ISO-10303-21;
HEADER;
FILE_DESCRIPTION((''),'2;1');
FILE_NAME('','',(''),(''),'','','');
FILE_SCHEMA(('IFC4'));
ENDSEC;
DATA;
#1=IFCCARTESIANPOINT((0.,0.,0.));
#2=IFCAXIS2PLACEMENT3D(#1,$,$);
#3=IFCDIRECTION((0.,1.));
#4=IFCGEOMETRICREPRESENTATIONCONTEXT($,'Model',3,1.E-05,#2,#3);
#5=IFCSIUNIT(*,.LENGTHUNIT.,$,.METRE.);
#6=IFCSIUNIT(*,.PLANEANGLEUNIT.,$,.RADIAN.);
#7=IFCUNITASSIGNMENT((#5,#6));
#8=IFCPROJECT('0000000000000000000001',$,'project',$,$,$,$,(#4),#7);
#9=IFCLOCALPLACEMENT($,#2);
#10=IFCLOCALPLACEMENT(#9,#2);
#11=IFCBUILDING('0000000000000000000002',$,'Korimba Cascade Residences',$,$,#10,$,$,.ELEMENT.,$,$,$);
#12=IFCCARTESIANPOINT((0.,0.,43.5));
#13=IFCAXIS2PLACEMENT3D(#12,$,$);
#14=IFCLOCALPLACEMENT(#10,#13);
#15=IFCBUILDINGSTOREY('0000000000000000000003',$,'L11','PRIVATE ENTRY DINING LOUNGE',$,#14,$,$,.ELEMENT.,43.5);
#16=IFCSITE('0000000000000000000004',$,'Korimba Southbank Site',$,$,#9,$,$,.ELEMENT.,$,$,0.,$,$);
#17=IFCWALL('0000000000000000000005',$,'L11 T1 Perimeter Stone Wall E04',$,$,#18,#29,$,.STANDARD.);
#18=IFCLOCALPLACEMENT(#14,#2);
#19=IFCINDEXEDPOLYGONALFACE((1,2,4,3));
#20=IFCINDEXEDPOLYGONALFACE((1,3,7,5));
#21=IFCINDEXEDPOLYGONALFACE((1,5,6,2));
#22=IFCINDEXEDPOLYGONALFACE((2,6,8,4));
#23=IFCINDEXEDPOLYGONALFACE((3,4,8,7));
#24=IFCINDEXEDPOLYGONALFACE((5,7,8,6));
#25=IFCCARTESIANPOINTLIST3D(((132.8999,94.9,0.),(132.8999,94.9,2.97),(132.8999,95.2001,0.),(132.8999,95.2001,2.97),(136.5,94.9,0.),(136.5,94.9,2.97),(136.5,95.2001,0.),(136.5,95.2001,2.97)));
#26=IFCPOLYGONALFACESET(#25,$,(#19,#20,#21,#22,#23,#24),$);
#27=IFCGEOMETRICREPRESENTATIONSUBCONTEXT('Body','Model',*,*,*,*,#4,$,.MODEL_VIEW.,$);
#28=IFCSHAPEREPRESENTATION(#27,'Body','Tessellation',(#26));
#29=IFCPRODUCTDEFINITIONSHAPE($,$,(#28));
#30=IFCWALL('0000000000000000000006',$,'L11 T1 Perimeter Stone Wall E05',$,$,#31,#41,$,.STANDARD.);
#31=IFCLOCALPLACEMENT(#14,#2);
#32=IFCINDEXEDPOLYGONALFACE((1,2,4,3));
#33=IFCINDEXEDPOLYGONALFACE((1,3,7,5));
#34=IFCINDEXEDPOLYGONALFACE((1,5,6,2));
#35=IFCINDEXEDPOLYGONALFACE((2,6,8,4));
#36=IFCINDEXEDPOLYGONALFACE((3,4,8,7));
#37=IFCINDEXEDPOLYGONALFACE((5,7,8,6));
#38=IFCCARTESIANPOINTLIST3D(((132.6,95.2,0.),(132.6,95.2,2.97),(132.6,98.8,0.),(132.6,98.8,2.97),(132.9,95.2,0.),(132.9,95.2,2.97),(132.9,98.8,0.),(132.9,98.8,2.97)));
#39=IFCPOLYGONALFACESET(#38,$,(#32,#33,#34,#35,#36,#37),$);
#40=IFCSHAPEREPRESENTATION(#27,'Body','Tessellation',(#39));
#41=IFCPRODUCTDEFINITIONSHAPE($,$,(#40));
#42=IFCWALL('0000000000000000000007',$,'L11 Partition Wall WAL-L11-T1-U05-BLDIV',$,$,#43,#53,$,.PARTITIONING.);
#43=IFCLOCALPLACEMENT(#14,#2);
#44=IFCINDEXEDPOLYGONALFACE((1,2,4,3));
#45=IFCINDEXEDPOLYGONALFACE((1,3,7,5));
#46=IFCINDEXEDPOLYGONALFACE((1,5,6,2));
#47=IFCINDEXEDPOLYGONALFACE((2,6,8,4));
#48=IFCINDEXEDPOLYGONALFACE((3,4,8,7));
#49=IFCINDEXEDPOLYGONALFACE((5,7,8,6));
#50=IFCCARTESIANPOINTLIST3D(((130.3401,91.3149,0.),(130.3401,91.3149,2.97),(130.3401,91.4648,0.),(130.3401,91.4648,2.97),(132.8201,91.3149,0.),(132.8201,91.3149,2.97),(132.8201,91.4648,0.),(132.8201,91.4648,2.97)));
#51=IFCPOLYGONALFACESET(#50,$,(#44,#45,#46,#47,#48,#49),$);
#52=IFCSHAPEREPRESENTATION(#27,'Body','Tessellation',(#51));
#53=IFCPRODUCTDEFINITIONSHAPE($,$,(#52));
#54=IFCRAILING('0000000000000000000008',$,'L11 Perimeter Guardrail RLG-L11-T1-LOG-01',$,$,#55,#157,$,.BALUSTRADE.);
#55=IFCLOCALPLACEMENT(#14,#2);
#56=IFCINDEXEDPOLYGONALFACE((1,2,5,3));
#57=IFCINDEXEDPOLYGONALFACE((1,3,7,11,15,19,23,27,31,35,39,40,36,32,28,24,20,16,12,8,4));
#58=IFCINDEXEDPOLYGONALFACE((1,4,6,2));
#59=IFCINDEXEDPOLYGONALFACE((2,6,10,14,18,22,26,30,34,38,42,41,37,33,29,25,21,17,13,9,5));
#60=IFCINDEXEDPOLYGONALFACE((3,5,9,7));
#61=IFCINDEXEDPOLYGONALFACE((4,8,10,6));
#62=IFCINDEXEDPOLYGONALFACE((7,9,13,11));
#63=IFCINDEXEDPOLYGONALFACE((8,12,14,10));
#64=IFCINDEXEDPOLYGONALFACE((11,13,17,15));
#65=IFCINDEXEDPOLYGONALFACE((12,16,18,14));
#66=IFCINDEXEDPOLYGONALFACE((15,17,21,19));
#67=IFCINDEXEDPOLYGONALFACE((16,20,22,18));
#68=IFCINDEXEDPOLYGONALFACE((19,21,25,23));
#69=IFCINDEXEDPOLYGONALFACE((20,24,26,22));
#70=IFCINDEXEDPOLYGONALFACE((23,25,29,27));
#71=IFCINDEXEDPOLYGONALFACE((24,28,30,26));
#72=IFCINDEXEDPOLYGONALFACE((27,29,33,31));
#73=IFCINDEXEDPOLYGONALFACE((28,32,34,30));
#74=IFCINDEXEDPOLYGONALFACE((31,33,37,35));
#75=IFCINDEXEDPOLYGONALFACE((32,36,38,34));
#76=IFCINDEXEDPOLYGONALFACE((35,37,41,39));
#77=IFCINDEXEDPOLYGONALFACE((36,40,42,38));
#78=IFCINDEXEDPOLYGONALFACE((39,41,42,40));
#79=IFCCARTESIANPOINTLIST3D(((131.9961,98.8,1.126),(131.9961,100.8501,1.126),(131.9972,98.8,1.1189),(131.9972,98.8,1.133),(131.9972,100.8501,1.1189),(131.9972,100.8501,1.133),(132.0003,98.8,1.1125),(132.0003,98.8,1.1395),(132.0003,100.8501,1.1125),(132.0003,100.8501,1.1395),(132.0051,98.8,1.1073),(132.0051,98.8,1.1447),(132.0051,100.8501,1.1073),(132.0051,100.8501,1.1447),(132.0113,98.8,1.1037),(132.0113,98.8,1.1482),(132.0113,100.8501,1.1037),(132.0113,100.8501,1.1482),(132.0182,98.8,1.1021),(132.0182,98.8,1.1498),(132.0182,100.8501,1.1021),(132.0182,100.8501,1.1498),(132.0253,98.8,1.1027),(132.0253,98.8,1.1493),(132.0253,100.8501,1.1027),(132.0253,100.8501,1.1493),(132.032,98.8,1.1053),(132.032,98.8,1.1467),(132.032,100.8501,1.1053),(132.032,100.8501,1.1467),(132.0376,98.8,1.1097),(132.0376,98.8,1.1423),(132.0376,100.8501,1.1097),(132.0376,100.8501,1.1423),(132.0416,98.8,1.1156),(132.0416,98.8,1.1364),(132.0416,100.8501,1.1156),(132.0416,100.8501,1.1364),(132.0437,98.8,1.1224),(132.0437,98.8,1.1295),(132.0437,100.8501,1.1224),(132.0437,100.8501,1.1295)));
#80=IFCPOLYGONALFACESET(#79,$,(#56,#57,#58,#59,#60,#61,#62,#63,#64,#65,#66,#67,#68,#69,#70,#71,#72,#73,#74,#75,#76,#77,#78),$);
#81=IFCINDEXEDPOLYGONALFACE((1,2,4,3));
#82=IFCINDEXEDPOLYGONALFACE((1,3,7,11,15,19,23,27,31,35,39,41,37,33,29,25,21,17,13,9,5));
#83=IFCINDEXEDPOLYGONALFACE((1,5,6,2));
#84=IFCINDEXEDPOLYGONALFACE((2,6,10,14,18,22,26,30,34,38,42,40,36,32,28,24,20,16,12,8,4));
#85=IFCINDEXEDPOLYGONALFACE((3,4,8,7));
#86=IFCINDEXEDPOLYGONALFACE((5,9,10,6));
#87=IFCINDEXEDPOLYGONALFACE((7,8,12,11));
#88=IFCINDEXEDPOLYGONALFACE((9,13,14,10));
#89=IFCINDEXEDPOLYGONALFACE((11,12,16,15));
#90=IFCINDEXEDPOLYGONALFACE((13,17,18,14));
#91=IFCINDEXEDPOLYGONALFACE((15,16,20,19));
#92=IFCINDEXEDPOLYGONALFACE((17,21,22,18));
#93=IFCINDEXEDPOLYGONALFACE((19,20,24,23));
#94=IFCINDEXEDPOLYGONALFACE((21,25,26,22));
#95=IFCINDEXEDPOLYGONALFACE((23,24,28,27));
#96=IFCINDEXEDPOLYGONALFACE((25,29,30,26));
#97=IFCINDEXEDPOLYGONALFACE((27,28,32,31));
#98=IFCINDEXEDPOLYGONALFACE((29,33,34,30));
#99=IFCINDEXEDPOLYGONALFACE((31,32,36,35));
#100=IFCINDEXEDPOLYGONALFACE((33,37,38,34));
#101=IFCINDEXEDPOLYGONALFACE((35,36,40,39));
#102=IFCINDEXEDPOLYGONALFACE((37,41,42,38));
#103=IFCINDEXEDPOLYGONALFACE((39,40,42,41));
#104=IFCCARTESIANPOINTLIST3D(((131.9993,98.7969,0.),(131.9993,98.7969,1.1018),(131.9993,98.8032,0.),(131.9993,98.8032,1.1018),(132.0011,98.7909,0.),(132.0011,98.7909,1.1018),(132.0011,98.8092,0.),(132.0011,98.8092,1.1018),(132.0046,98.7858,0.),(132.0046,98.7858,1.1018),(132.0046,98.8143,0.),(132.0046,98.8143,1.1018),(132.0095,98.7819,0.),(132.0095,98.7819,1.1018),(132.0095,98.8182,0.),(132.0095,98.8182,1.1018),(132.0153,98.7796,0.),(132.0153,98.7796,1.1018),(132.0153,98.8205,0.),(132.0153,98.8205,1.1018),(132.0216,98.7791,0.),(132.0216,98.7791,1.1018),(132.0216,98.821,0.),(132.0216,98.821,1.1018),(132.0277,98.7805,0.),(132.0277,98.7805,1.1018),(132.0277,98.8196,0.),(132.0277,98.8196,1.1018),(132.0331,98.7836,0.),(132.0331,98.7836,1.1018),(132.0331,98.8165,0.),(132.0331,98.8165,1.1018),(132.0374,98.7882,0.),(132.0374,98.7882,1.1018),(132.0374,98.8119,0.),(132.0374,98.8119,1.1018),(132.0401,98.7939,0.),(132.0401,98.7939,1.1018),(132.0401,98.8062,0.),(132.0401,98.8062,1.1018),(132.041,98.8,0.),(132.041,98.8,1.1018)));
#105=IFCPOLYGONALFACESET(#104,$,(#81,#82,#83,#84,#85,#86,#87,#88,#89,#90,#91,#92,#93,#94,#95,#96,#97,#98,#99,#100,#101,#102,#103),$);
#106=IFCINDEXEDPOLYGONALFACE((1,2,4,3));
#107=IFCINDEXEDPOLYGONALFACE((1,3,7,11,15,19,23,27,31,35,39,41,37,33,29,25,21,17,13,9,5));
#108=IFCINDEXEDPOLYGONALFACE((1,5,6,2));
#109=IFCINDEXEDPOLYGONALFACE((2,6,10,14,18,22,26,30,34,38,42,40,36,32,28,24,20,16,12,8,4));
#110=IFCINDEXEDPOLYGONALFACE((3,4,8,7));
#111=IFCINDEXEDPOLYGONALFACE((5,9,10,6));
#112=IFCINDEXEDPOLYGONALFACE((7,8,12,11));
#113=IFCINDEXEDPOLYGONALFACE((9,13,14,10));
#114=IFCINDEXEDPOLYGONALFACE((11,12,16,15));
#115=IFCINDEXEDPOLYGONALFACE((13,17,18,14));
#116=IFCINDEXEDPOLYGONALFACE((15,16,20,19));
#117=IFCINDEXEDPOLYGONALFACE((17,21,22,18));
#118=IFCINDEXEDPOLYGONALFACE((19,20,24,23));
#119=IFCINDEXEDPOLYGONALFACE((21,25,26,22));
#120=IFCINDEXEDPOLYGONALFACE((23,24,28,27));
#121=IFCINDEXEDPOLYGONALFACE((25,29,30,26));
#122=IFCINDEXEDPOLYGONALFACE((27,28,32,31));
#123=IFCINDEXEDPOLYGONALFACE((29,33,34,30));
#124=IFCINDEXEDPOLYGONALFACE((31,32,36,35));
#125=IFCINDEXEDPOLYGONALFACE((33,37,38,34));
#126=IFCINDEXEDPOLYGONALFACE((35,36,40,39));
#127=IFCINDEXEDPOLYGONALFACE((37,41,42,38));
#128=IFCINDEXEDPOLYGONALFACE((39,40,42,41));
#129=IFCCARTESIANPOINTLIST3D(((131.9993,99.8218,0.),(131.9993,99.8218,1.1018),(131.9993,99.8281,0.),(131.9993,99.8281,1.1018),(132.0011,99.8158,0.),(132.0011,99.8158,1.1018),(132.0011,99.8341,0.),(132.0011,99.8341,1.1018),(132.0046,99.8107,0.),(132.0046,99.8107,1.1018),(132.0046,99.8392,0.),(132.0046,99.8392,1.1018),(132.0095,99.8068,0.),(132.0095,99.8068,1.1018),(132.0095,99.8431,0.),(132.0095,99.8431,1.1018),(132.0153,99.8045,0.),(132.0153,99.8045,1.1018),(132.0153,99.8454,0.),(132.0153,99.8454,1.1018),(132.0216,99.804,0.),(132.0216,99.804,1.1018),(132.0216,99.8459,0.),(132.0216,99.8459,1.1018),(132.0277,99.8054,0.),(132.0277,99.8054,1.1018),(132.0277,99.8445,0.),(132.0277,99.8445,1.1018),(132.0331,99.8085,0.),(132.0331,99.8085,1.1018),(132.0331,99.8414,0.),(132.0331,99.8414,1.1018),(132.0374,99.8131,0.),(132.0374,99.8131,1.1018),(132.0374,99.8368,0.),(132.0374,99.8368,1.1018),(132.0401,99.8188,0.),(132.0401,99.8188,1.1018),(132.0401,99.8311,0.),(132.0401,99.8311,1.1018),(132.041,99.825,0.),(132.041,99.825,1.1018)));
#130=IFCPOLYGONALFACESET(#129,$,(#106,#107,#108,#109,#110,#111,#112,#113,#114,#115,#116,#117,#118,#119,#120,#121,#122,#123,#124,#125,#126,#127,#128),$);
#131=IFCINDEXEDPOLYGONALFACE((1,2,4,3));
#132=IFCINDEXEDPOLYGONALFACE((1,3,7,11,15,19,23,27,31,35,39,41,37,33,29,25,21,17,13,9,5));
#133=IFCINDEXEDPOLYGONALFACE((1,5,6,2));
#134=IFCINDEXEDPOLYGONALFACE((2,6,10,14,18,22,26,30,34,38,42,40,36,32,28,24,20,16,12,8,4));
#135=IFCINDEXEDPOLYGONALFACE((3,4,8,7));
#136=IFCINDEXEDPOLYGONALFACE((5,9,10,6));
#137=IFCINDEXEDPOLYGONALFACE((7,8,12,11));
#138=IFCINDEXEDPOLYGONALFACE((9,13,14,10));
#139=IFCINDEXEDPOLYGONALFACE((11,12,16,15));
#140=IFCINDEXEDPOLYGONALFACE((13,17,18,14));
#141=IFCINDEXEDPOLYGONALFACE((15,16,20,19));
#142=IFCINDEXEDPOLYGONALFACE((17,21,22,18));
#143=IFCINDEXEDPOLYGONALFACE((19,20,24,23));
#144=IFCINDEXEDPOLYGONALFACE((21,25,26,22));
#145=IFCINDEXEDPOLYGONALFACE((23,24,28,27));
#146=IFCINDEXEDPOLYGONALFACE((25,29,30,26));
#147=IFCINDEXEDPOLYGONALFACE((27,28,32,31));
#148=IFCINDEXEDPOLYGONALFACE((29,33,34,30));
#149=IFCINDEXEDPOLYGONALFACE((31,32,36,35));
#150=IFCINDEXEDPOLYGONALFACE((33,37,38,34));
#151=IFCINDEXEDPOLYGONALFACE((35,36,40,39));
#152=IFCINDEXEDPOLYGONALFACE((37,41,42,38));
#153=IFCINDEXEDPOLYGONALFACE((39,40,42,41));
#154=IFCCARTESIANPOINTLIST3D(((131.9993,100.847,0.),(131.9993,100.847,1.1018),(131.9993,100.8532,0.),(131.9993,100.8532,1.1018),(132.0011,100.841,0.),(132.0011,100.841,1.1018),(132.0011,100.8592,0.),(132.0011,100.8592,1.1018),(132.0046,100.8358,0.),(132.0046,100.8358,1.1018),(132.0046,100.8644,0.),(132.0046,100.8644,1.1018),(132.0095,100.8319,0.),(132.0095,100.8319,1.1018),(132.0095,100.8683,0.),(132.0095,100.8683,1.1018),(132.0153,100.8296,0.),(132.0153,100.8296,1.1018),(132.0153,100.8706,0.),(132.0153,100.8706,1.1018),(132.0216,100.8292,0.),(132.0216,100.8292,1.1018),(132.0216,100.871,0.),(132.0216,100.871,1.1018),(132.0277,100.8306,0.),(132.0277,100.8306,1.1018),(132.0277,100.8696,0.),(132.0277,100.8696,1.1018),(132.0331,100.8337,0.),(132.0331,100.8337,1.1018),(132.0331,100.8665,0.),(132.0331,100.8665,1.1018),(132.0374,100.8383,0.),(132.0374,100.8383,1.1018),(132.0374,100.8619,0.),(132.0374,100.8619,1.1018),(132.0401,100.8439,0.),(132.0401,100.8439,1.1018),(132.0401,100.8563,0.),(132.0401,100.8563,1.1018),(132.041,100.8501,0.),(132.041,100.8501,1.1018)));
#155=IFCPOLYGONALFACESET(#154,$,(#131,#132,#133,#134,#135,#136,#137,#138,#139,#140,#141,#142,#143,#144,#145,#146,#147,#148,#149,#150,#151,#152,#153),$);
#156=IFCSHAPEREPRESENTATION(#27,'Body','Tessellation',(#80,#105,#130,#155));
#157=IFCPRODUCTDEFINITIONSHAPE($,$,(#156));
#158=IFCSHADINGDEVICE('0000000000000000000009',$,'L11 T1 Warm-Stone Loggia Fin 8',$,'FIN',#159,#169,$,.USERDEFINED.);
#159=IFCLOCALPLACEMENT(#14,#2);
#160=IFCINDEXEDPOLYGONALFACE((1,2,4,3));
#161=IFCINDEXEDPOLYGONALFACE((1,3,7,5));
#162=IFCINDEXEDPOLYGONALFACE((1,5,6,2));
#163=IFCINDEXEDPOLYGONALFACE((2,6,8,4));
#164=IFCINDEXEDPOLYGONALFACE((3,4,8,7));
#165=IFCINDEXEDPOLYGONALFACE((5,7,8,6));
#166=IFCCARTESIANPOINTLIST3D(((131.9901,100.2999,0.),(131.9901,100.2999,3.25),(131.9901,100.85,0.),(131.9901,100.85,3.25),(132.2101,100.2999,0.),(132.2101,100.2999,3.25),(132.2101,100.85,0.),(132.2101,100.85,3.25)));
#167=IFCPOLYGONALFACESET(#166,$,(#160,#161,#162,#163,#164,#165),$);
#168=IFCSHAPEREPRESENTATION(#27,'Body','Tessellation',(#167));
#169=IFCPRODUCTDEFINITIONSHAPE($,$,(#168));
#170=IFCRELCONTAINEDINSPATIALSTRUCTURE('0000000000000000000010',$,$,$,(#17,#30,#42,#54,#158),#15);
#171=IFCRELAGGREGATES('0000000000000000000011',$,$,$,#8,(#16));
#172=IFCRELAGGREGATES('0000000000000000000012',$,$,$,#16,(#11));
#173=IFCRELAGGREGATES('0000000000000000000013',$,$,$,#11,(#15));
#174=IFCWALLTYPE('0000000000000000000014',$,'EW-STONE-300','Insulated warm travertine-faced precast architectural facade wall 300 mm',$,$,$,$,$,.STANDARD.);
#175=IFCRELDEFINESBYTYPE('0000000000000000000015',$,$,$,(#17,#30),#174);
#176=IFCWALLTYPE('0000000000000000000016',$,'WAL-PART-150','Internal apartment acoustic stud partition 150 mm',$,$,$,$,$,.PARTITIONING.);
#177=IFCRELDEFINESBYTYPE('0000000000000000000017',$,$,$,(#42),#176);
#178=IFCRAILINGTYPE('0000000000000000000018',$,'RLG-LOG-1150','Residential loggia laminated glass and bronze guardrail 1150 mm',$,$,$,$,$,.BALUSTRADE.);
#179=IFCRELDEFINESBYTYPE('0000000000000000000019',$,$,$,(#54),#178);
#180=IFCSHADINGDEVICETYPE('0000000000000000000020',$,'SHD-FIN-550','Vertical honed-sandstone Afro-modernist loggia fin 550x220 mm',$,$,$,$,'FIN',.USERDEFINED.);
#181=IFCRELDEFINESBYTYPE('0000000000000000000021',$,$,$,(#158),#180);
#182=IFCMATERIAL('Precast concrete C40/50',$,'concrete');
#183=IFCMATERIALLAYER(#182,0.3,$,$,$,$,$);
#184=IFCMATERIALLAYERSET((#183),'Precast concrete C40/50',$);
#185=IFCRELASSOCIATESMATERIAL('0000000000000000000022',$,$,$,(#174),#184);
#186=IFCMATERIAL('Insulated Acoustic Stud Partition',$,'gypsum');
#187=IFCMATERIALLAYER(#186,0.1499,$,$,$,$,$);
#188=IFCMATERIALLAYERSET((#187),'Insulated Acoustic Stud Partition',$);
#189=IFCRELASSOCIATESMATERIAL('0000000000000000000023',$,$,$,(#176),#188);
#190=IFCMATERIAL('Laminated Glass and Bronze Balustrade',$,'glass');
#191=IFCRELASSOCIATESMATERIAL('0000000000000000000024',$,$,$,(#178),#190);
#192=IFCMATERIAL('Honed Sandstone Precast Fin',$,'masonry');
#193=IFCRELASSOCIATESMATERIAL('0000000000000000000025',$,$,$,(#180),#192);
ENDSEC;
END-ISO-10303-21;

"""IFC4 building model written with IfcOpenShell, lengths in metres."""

from ifc_helpers import new_model, si_unit, direction, frame, frame_2d, origin, origin_2d, place, context, subcontext, project, spatial, rectangle, circle, extrude, material, layer, layer_set, type_object, element, save


model = new_model("IFC4")

# Units and contexts
model_context = context("Model", 3, precision=1e-05, world=origin(), true_north=direction((0.0, 1.0)))
body_context = subcontext(model_context, "Body", "Model", "MODEL_VIEW")
ifc_project = project(units=[si_unit("LENGTHUNIT", "METRE"), si_unit("PLANEANGLEUNIT", "RADIAN")], contexts=[model_context])

# Site, building, storey
site_placement = place(None, origin())
site = spatial("IfcSite", under=ifc_project, at=site_placement, Name="Korimba Southbank Site", CompositionType="ELEMENT", RefElevation=0.0)
building_placement = place(site_placement, origin())
building = spatial("IfcBuilding", under=site, at=building_placement, Name="Korimba Cascade Residences", CompositionType="ELEMENT")
storey_placement = place(building_placement, frame((0.0, 0.0, 43.5)))
storey = spatial("IfcBuildingStorey", under=building, at=storey_placement, Name="L11", Description="PRIVATE ENTRY DINING LOUNGE", CompositionType="ELEMENT", Elevation=43.5)

# Shared definitions
ifc_material_1 = material(Name="Precast concrete C40/50", Category="concrete")

# Walls
ifc_layer_1 = layer(ifc_material_1, 0.3)
ifc_layer_set_1 = layer_set([ifc_layer_1], Name="Precast concrete C40/50")
wall_type_1 = type_object("IfcWallType", Name="EW-STONE-300", Description="Insulated warm travertine-faced precast architectural facade wall 300 mm", PredefinedType="STANDARD", material=ifc_layer_set_1)
for number, where, z_axis, x_axis, name in (
    (1, (136.5, 95.05, 0.0), (0.0, 0.0, 1.0), (-1.0, 0.0, 0.0), "L11 T1 Perimeter Stone Wall E04"),
    (2, (132.75, 95.2, 0.0), (0.0, 0.0, 1.0), (0.0, 1.0, 0.0), "L11 T1 Perimeter Stone Wall E05"),
):
    element("IfcWall", number, at=place(storey_placement, frame(where, z_axis=z_axis, x_axis=x_axis)), inside=storey, type_object=wall_type_1, Name=name, PredefinedType="STANDARD", context=body_context, shape_type="SweptSolid", body=[
        extrude(rectangle(XDim=3.6001, YDim=0.3, at=frame_2d((1.8, 0.0))), origin(), (0.0, 0.0, 1.0), 2.97),
    ])
ifc_material_2 = material(Name="Insulated Acoustic Stud Partition", Category="gypsum")
ifc_layer_2 = layer(ifc_material_2, 0.1499)
ifc_layer_set_2 = layer_set([ifc_layer_2], Name="Insulated Acoustic Stud Partition")
wall_type_2 = type_object("IfcWallType", Name="WAL-PART-150", Description="Internal apartment acoustic stud partition 150 mm", PredefinedType="PARTITIONING", material=ifc_layer_set_2)
wall_1_placement = place(storey_placement, frame((130.3401, 91.3899, 0.0), z_axis=(0.0, 0.0, 1.0), x_axis=(1.0, 0.0, 0.0)))
element("IfcWall", 3, at=wall_1_placement, inside=storey, type_object=wall_type_2, Name="L11 Partition Wall WAL-L11-T1-U05-BLDIV", PredefinedType="PARTITIONING", context=body_context, shape_type="SweptSolid", body=[
    extrude(rectangle(XDim=2.48, YDim=0.1499, at=frame_2d((1.24, 0.0))), origin(), (0.0, 0.0, 1.0), 2.97),
])

# Railing
ifc_material_3 = material(Name="Laminated Glass and Bronze Balustrade", Category="glass")
railing_type = type_object("IfcRailingType", Name="RLG-LOG-1150", Description="Residential loggia laminated glass and bronze guardrail 1150 mm", PredefinedType="BALUSTRADE", material=ifc_material_3)
railing_1_placement = place(storey_placement, frame((132.02, 98.8, 0.0)))
element("IfcRailing", 4, at=railing_1_placement, inside=storey, type_object=railing_type, Name="L11 Perimeter Guardrail RLG-L11-T1-LOG-01", PredefinedType="BALUSTRADE", context=body_context, shape_type="SweptSolid", body=[
    extrude(circle(Radius=0.0239, at=origin_2d()), frame((0.0, 0.0, 1.126), z_axis=(0.0, 1.0, 0.0), x_axis=(-1.0, 0.0, 0.0)), (0.0, 0.0, 1.0), 2.05),
    extrude(circle(Radius=0.021, at=origin_2d()), origin(), (0.0, 0.0, 1.0), 1.1018),
    extrude(circle(Radius=0.021, at=origin_2d()), frame((0.0, 1.0249, 0.0)), (0.0, 0.0, 1.0), 1.1018),
    extrude(circle(Radius=0.021, at=origin_2d()), frame((0.0, 2.05, 0.0)), (0.0, 0.0, 1.0), 1.1018),
])

# Shading device
ifc_material_4 = material(Name="Honed Sandstone Precast Fin", Category="masonry")
shading_device_type = type_object("IfcShadingDeviceType", Name="SHD-FIN-550", Description="Vertical honed-sandstone Afro-modernist loggia fin 550x220 mm", ElementType="FIN", PredefinedType="USERDEFINED", material=ifc_material_4)
shading_device_placement = place(storey_placement, frame((132.1001, 100.575, 0.0), z_axis=(0.0, 0.0, 1.0), x_axis=(1.0, 0.0, 0.0)))
element("IfcShadingDevice", 5, at=shading_device_placement, inside=storey, type_object=shading_device_type, Name="L11 T1 Warm-Stone Loggia Fin 8", ObjectType="FIN", PredefinedType="USERDEFINED", context=body_context, shape_type="SweptSolid", body=[
    extrude(rectangle(XDim=0.22, YDim=0.55, at=origin_2d()), origin(), (0.0, 0.0, 1.0), 3.25),
])

save(model, "model.ifc")
